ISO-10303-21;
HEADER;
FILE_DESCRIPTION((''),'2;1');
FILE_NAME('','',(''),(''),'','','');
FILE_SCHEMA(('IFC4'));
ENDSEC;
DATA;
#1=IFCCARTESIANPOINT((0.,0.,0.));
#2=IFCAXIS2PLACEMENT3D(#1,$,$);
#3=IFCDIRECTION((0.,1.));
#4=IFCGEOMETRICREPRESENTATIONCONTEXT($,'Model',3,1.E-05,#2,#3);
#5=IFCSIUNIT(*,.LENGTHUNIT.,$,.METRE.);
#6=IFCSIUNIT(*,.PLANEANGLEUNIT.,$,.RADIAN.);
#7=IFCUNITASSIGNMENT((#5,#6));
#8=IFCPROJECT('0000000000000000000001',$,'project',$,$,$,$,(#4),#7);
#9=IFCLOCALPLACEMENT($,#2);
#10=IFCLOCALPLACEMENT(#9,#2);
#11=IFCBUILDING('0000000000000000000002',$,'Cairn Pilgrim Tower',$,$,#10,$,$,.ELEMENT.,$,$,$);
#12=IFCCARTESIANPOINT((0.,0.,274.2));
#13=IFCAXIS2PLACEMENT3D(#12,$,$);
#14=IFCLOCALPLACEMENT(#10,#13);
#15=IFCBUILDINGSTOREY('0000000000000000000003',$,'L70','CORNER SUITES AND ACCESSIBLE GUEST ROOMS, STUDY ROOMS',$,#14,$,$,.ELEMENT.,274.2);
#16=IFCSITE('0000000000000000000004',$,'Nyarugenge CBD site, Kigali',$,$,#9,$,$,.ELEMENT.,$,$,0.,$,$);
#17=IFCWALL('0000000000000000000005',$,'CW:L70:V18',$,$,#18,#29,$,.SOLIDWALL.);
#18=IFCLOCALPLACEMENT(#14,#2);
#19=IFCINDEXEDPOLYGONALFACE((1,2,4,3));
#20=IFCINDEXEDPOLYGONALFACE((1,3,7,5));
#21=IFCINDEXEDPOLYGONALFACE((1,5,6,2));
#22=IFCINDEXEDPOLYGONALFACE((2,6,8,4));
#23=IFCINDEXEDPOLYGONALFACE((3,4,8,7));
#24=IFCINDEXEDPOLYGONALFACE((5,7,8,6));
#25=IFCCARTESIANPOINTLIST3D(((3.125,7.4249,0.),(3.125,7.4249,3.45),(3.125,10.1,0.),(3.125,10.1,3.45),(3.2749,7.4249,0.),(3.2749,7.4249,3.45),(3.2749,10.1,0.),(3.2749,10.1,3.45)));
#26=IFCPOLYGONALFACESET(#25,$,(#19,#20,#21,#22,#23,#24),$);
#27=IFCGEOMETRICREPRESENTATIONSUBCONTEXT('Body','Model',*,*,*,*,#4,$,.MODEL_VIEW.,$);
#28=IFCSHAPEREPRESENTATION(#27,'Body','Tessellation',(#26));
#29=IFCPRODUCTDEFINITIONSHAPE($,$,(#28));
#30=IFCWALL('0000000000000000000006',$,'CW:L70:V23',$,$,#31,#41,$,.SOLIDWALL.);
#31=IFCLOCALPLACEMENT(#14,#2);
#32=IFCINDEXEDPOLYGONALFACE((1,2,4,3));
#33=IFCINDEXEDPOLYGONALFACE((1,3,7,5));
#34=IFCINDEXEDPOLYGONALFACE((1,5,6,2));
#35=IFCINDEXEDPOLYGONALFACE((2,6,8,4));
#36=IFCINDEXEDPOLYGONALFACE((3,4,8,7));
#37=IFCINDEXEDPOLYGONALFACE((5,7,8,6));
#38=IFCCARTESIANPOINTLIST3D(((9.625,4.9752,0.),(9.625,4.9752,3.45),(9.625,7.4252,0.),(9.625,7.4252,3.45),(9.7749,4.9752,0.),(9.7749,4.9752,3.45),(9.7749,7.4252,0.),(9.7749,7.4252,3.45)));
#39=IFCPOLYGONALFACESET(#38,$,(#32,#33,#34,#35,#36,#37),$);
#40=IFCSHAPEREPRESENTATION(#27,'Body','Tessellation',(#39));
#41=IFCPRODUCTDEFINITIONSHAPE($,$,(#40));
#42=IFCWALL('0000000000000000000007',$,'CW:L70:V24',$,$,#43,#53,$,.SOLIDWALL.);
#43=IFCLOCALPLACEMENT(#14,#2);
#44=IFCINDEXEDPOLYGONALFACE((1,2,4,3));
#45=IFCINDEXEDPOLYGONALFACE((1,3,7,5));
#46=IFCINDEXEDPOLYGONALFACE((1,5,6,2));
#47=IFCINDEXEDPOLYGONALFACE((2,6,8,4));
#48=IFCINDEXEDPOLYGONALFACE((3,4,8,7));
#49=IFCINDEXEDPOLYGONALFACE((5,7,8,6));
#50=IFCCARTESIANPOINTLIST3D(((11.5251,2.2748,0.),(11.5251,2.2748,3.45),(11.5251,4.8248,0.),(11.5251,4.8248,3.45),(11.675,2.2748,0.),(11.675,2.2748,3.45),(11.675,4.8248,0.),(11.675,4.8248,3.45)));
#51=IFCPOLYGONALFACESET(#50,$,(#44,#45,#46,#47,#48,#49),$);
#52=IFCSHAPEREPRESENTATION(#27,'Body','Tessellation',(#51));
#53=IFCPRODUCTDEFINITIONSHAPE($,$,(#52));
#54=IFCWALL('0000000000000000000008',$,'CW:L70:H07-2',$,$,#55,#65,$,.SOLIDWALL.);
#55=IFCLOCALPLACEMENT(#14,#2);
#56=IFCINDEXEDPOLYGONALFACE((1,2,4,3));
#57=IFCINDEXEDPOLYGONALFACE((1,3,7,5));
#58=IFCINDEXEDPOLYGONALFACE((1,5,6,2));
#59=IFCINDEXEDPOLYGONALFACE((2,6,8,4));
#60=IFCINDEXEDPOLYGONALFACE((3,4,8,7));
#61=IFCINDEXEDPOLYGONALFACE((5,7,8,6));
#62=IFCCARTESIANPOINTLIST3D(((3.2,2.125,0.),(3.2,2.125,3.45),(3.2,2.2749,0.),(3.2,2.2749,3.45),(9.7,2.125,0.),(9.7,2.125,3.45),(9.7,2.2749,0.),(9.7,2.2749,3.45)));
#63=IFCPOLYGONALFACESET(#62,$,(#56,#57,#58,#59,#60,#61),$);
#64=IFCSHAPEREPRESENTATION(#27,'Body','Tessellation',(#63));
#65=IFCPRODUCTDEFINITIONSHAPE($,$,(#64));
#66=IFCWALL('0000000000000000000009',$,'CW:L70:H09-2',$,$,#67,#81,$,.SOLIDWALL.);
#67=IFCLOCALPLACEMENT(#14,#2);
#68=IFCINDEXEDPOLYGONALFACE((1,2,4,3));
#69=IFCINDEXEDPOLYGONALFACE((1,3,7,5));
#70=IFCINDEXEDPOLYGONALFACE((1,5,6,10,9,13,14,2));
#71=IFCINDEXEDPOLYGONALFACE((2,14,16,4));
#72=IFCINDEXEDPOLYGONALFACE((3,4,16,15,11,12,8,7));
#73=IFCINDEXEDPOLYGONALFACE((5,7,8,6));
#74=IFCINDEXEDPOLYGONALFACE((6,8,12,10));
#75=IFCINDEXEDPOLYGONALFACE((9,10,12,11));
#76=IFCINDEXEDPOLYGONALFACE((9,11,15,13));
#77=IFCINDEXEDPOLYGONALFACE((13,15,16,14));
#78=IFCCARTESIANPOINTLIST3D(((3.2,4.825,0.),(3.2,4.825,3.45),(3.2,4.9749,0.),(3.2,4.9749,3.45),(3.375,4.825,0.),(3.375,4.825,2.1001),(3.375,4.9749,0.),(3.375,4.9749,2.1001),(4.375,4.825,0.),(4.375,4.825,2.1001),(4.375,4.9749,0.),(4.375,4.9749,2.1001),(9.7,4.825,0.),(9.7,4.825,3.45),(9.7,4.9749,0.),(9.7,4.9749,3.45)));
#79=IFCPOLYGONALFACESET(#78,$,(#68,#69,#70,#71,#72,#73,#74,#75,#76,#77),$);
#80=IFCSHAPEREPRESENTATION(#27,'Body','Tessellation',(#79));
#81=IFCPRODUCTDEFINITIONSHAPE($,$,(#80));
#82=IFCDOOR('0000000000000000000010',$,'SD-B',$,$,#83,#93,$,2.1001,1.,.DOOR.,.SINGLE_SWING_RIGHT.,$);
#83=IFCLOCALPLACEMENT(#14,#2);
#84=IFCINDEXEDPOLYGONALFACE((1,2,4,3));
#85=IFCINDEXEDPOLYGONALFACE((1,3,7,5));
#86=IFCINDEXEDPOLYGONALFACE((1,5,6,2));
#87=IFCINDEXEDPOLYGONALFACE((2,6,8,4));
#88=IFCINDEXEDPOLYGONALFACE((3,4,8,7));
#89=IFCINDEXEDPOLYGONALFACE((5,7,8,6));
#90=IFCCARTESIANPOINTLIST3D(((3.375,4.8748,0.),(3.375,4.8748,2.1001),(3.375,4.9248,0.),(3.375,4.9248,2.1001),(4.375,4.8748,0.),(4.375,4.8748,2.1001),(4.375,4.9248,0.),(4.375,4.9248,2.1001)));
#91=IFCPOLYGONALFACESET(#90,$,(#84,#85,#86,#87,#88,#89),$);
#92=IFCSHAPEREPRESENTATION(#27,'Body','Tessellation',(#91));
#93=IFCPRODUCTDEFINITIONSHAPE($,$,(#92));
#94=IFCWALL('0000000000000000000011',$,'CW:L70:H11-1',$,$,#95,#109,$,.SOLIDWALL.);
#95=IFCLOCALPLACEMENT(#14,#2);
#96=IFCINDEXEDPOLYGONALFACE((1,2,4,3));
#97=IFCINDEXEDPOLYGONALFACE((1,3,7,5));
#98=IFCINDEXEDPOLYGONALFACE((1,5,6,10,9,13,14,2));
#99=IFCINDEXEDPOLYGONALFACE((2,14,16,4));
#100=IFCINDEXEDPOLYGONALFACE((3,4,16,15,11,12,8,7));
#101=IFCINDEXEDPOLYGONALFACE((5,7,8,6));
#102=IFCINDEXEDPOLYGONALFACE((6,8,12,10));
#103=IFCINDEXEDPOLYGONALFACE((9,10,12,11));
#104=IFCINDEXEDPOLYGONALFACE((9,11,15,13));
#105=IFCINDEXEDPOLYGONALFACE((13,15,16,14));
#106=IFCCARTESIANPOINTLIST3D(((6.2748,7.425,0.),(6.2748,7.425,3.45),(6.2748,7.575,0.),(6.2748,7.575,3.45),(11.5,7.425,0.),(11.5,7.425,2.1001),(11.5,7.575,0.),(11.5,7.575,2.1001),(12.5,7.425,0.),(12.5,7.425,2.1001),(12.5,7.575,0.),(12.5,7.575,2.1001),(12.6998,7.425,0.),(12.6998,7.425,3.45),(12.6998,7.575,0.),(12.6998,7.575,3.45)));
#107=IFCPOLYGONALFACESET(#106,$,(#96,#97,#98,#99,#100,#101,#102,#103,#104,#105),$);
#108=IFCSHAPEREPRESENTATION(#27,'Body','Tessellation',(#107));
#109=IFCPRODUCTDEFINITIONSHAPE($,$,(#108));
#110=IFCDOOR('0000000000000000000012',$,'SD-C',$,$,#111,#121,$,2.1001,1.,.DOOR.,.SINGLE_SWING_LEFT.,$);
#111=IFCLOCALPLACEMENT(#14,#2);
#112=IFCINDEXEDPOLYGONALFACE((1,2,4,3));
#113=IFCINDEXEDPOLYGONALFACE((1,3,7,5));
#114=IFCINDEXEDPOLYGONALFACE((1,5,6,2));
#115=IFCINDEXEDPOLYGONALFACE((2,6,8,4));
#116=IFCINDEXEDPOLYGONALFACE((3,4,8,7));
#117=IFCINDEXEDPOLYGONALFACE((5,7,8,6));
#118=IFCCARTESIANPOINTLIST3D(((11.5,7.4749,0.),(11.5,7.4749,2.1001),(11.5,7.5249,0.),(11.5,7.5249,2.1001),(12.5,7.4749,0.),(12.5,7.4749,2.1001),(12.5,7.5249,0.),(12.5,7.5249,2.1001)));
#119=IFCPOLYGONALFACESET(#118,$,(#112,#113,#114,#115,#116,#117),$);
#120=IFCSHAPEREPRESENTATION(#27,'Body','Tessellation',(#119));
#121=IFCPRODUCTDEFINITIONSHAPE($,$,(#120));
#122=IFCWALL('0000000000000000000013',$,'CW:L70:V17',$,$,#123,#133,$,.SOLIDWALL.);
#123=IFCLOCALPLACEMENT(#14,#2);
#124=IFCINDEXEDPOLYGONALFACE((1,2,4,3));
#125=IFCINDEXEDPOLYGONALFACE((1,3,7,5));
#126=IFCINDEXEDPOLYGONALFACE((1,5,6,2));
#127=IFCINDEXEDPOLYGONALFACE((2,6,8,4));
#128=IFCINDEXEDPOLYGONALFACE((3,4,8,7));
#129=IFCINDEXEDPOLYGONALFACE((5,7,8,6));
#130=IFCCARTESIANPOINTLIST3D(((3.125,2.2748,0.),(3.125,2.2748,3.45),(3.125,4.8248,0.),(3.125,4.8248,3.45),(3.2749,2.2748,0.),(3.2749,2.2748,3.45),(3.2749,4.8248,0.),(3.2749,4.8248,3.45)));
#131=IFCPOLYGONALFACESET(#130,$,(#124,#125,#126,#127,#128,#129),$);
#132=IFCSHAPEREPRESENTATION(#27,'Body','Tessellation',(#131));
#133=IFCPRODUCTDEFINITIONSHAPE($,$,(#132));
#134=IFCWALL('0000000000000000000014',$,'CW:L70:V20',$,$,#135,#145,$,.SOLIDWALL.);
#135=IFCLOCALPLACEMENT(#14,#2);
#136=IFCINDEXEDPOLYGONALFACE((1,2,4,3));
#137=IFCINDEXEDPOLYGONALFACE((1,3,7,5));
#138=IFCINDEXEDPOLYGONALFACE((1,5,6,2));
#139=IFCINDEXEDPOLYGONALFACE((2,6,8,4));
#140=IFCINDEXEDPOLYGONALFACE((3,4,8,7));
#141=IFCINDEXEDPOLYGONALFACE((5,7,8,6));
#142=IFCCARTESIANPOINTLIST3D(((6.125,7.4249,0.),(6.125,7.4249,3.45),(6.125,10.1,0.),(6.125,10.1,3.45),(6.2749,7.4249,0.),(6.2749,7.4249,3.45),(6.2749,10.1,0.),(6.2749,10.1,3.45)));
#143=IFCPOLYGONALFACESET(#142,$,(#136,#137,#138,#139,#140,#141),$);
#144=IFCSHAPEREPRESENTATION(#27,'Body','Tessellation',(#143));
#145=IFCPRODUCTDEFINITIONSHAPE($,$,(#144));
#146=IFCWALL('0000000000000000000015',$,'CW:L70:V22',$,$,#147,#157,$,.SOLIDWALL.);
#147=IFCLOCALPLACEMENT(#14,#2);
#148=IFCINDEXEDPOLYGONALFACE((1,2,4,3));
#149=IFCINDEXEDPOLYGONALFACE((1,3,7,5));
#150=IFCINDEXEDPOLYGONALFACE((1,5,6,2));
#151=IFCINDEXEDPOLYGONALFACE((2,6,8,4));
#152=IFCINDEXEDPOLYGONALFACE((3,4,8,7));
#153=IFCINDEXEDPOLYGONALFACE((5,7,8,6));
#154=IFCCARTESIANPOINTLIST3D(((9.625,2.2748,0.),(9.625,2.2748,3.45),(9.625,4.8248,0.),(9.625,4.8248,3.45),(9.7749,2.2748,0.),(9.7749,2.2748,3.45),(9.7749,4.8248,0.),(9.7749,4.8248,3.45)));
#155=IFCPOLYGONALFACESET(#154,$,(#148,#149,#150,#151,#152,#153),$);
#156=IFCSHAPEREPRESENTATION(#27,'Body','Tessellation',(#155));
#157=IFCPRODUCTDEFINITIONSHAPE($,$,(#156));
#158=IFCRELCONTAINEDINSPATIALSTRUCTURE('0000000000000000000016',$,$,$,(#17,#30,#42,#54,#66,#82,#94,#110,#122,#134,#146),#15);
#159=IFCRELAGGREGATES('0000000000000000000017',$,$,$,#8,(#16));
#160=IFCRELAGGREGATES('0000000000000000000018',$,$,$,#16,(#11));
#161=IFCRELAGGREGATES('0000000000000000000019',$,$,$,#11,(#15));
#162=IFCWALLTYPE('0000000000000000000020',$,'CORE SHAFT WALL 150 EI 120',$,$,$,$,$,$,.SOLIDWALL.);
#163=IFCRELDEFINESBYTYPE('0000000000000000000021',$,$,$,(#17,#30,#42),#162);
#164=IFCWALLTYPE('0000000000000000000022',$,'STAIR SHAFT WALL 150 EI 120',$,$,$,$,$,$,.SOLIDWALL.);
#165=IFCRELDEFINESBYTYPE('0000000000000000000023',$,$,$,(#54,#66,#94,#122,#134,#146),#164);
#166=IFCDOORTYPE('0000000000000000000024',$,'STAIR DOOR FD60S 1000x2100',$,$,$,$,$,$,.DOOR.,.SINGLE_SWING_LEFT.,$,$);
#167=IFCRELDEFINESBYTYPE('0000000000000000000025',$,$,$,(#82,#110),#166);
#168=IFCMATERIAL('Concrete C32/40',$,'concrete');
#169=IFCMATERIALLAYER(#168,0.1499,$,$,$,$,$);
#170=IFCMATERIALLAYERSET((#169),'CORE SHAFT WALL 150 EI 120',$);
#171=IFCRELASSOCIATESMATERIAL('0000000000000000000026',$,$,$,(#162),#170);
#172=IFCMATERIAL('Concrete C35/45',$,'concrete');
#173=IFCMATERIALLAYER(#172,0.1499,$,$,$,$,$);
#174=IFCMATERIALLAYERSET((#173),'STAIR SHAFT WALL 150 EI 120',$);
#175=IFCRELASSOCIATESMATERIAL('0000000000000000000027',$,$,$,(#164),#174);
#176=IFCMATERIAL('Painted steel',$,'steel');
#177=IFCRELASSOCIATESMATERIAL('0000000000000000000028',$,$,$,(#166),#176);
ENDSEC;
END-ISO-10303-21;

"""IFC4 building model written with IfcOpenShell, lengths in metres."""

from ifc_helpers import new_model, si_unit, direction, frame, frame_2d, origin, place, context, subcontext, project, spatial, rectangle, extrude, material, layer, layer_set, type_object, element, fill, save


model = new_model("IFC4")

# Units and contexts
model_context = context("Model", 3, precision=1e-05, world=origin(), true_north=direction((0.0, 1.0)))
body_context = subcontext(model_context, "Body", "Model", "MODEL_VIEW")
ifc_project = project(units=[si_unit("LENGTHUNIT", "METRE"), si_unit("PLANEANGLEUNIT", "RADIAN")], contexts=[model_context])

# Site, building, storey
site_placement = place(None, origin())
site = spatial("IfcSite", under=ifc_project, at=site_placement, Name="Nyarugenge CBD site, Kigali", CompositionType="ELEMENT", RefElevation=0.0)
building_placement = place(site_placement, origin())
building = spatial("IfcBuilding", under=site, at=building_placement, Name="Cairn Pilgrim Tower", CompositionType="ELEMENT")
storey_placement = place(building_placement, frame((0.0, 0.0, 274.2)))
storey = spatial("IfcBuildingStorey", under=building, at=storey_placement, Name="L70", Description="CORNER SUITES AND ACCESSIBLE GUEST ROOMS, STUDY ROOMS", CompositionType="ELEMENT", Elevation=274.2)

# Shared definitions
ifc_material_1 = material(Name="Concrete C32/40", Category="concrete")
ifc_layer_1 = layer(ifc_material_1, 0.1499)
ifc_layer_set_1 = layer_set([ifc_layer_1], Name="CORE SHAFT WALL 150 EI 120")
wall_type_1 = type_object("IfcWallType", Name="CORE SHAFT WALL 150 EI 120", PredefinedType="SOLIDWALL", material=ifc_layer_set_1)

# Shared definitions
ifc_material_2 = material(Name="Painted steel", Category="steel")

# Walls
wall_1_placement = place(storey_placement, frame((3.2, 7.425, 0.0), z_axis=(0.0, 0.0, 1.0), x_axis=(0.0, 1.0, 0.0)))
element("IfcWall", 1, at=wall_1_placement, inside=storey, type_object=wall_type_1, Name="CW:L70:V18", PredefinedType="SOLIDWALL", context=body_context, shape_type="SweptSolid", body=[
    extrude(rectangle(XDim=2.675, YDim=0.1499, at=frame_2d((1.3374, 0.0))), origin(), (0.0, 0.0, 1.0), 3.45),
])
wall_2_placement = place(storey_placement, frame((9.7, 4.9751, 0.0), z_axis=(0.0, 0.0, 1.0), x_axis=(0.0, 1.0, 0.0)))
element("IfcWall", 2, at=wall_2_placement, inside=storey, type_object=wall_type_1, Name="CW:L70:V23", PredefinedType="SOLIDWALL", context=body_context, shape_type="SweptSolid", body=[
    extrude(rectangle(XDim=2.45, YDim=0.1499, at=frame_2d((1.2251, 0.0))), origin(), (0.0, 0.0, 1.0), 3.45),
])
wall_3_placement = place(storey_placement, frame((11.6001, 2.2749, 0.0), z_axis=(0.0, 0.0, 1.0), x_axis=(0.0, 1.0, 0.0)))
element("IfcWall", 3, at=wall_3_placement, inside=storey, type_object=wall_type_1, Name="CW:L70:V24", PredefinedType="SOLIDWALL", context=body_context, shape_type="SweptSolid", body=[
    extrude(rectangle(XDim=2.55, YDim=0.1499, at=frame_2d((1.2749, 0.0))), origin(), (0.0, 0.0, 1.0), 3.45),
])
ifc_material_3 = material(Name="Concrete C35/45", Category="concrete")
ifc_layer_2 = layer(ifc_material_3, 0.1499)
ifc_layer_set_2 = layer_set([ifc_layer_2], Name="STAIR SHAFT WALL 150 EI 120")
wall_type_2 = type_object("IfcWallType", Name="STAIR SHAFT WALL 150 EI 120", PredefinedType="SOLIDWALL", material=ifc_layer_set_2)
wall_4_placement = place(storey_placement, frame((3.2, 2.2, 0.0), z_axis=(0.0, 0.0, 1.0), x_axis=(1.0, 0.0, 0.0)))
element("IfcWall", 4, at=wall_4_placement, inside=storey, type_object=wall_type_2, Name="CW:L70:H07-2", PredefinedType="SOLIDWALL", context=body_context, shape_type="SweptSolid", body=[
    extrude(rectangle(XDim=6.5, YDim=0.1499, at=frame_2d((3.25, 0.0))), origin(), (0.0, 0.0, 1.0), 3.45),
])

# Walls, openings, doors
wall_5_placement = place(storey_placement, frame((3.2, 4.8999, 0.0), z_axis=(0.0, 0.0, 1.0), x_axis=(1.0, 0.0, 0.0)))
wall_5 = element("IfcWall", 5, at=wall_5_placement, inside=storey, type_object=wall_type_2, Name="CW:L70:H09-2", PredefinedType="SOLIDWALL", context=body_context, shape_type="SweptSolid", body=[
    extrude(rectangle(XDim=6.5, YDim=0.1499, at=frame_2d((3.25, 0.0))), origin(), (0.0, 0.0, 1.0), 3.45),
])
opening_1_placement = place(wall_5_placement, frame((0.175, 0.0, 0.0)))
opening_1 = element("IfcOpeningElement", 6, at=opening_1_placement, cuts=wall_5, PredefinedType="OPENING", context=body_context, shape_type="SweptSolid", body=[
    extrude(rectangle(XDim=1.0, YDim=2.1001, at=frame_2d((0.5, 1.05))), frame((0.0, 0.085, 0.0), z_axis=(0.0, -1.0, 0.0), x_axis=(1.0, 0.0, 0.0)), (0.0, 0.0, 1.0), 0.1699),
])
door_type_1 = type_object("IfcDoorType", Name="STAIR DOOR FD60S 1000x2100", OperationType="SINGLE_SWING_LEFT", PredefinedType="DOOR", material=ifc_material_2)
door_1_placement = place(opening_1_placement, origin())
door_1 = element("IfcDoor", 7, at=door_1_placement, inside=storey, type_object=door_type_1, Name="SD-B", OperationType="SINGLE_SWING_RIGHT", OverallHeight=2.1001, OverallWidth=1.0, PredefinedType="DOOR", context=body_context, shape_type="SweptSolid", body=[
    extrude(rectangle(XDim=1.0, YDim=2.1001, at=frame_2d((0.5, 1.05))), frame((0.0, 0.0249, 0.0), z_axis=(0.0, -1.0, 0.0), x_axis=(1.0, 0.0, 0.0)), (0.0, 0.0, 1.0), 0.05),
])
fill(opening_1, door_1)
wall_6_placement = place(storey_placement, frame((6.2749, 7.5, 0.0), z_axis=(0.0, 0.0, 1.0), x_axis=(1.0, 0.0, 0.0)))
wall_6 = element("IfcWall", 8, at=wall_6_placement, inside=storey, type_object=wall_type_2, Name="CW:L70:H11-1", PredefinedType="SOLIDWALL", context=body_context, shape_type="SweptSolid", body=[
    extrude(rectangle(XDim=6.425, YDim=0.1499, at=frame_2d((3.2124, 0.0))), origin(), (0.0, 0.0, 1.0), 3.45),
])
opening_2_placement = place(wall_6_placement, frame((5.2251, 0.0, 0.0)))
opening_2 = element("IfcOpeningElement", 9, at=opening_2_placement, cuts=wall_6, PredefinedType="OPENING", context=body_context, shape_type="SweptSolid", body=[
    extrude(rectangle(XDim=1.0, YDim=2.1001, at=frame_2d((0.5, 1.05))), frame((0.0, 0.085, 0.0), z_axis=(0.0, -1.0, 0.0), x_axis=(1.0, 0.0, 0.0)), (0.0, 0.0, 1.0), 0.1699),
])
door_2_placement = place(opening_2_placement, origin())
door_2 = element("IfcDoor", 10, at=door_2_placement, inside=storey, type_object=door_type_1, Name="SD-C", OperationType="SINGLE_SWING_LEFT", OverallHeight=2.1001, OverallWidth=1.0, PredefinedType="DOOR", context=body_context, shape_type="SweptSolid", body=[
    extrude(rectangle(XDim=1.0, YDim=2.1001, at=frame_2d((0.5, 1.05))), frame((0.0, 0.0249, 0.0), z_axis=(0.0, -1.0, 0.0), x_axis=(1.0, 0.0, 0.0)), (0.0, 0.0, 1.0), 0.05),
])
fill(opening_2, door_2)

# Walls
wall_7_placement = place(storey_placement, frame((3.2, 2.2749, 0.0), z_axis=(0.0, 0.0, 1.0), x_axis=(0.0, 1.0, 0.0)))
element("IfcWall", 11, at=wall_7_placement, inside=storey, type_object=wall_type_2, Name="CW:L70:V17", PredefinedType="SOLIDWALL", context=body_context, shape_type="SweptSolid", body=[
    extrude(rectangle(XDim=2.55, YDim=0.1499, at=frame_2d((1.2749, 0.0))), origin(), (0.0, 0.0, 1.0), 3.45),
])
wall_8_placement = place(storey_placement, frame((6.2, 7.425, 0.0), z_axis=(0.0, 0.0, 1.0), x_axis=(0.0, 1.0, 0.0)))
element("IfcWall", 12, at=wall_8_placement, inside=storey, type_object=wall_type_2, Name="CW:L70:V20", PredefinedType="SOLIDWALL", context=body_context, shape_type="SweptSolid", body=[
    extrude(rectangle(XDim=2.675, YDim=0.1499, at=frame_2d((1.3374, 0.0))), origin(), (0.0, 0.0, 1.0), 3.45),
])
wall_9_placement = place(storey_placement, frame((9.7, 2.2749, 0.0), z_axis=(0.0, 0.0, 1.0), x_axis=(0.0, 1.0, 0.0)))
element("IfcWall", 13, at=wall_9_placement, inside=storey, type_object=wall_type_2, Name="CW:L70:V22", PredefinedType="SOLIDWALL", context=body_context, shape_type="SweptSolid", body=[
    extrude(rectangle(XDim=2.55, YDim=0.1499, at=frame_2d((1.2749, 0.0))), origin(), (0.0, 0.0, 1.0), 3.45),
])

save(model, "model.ifc")
